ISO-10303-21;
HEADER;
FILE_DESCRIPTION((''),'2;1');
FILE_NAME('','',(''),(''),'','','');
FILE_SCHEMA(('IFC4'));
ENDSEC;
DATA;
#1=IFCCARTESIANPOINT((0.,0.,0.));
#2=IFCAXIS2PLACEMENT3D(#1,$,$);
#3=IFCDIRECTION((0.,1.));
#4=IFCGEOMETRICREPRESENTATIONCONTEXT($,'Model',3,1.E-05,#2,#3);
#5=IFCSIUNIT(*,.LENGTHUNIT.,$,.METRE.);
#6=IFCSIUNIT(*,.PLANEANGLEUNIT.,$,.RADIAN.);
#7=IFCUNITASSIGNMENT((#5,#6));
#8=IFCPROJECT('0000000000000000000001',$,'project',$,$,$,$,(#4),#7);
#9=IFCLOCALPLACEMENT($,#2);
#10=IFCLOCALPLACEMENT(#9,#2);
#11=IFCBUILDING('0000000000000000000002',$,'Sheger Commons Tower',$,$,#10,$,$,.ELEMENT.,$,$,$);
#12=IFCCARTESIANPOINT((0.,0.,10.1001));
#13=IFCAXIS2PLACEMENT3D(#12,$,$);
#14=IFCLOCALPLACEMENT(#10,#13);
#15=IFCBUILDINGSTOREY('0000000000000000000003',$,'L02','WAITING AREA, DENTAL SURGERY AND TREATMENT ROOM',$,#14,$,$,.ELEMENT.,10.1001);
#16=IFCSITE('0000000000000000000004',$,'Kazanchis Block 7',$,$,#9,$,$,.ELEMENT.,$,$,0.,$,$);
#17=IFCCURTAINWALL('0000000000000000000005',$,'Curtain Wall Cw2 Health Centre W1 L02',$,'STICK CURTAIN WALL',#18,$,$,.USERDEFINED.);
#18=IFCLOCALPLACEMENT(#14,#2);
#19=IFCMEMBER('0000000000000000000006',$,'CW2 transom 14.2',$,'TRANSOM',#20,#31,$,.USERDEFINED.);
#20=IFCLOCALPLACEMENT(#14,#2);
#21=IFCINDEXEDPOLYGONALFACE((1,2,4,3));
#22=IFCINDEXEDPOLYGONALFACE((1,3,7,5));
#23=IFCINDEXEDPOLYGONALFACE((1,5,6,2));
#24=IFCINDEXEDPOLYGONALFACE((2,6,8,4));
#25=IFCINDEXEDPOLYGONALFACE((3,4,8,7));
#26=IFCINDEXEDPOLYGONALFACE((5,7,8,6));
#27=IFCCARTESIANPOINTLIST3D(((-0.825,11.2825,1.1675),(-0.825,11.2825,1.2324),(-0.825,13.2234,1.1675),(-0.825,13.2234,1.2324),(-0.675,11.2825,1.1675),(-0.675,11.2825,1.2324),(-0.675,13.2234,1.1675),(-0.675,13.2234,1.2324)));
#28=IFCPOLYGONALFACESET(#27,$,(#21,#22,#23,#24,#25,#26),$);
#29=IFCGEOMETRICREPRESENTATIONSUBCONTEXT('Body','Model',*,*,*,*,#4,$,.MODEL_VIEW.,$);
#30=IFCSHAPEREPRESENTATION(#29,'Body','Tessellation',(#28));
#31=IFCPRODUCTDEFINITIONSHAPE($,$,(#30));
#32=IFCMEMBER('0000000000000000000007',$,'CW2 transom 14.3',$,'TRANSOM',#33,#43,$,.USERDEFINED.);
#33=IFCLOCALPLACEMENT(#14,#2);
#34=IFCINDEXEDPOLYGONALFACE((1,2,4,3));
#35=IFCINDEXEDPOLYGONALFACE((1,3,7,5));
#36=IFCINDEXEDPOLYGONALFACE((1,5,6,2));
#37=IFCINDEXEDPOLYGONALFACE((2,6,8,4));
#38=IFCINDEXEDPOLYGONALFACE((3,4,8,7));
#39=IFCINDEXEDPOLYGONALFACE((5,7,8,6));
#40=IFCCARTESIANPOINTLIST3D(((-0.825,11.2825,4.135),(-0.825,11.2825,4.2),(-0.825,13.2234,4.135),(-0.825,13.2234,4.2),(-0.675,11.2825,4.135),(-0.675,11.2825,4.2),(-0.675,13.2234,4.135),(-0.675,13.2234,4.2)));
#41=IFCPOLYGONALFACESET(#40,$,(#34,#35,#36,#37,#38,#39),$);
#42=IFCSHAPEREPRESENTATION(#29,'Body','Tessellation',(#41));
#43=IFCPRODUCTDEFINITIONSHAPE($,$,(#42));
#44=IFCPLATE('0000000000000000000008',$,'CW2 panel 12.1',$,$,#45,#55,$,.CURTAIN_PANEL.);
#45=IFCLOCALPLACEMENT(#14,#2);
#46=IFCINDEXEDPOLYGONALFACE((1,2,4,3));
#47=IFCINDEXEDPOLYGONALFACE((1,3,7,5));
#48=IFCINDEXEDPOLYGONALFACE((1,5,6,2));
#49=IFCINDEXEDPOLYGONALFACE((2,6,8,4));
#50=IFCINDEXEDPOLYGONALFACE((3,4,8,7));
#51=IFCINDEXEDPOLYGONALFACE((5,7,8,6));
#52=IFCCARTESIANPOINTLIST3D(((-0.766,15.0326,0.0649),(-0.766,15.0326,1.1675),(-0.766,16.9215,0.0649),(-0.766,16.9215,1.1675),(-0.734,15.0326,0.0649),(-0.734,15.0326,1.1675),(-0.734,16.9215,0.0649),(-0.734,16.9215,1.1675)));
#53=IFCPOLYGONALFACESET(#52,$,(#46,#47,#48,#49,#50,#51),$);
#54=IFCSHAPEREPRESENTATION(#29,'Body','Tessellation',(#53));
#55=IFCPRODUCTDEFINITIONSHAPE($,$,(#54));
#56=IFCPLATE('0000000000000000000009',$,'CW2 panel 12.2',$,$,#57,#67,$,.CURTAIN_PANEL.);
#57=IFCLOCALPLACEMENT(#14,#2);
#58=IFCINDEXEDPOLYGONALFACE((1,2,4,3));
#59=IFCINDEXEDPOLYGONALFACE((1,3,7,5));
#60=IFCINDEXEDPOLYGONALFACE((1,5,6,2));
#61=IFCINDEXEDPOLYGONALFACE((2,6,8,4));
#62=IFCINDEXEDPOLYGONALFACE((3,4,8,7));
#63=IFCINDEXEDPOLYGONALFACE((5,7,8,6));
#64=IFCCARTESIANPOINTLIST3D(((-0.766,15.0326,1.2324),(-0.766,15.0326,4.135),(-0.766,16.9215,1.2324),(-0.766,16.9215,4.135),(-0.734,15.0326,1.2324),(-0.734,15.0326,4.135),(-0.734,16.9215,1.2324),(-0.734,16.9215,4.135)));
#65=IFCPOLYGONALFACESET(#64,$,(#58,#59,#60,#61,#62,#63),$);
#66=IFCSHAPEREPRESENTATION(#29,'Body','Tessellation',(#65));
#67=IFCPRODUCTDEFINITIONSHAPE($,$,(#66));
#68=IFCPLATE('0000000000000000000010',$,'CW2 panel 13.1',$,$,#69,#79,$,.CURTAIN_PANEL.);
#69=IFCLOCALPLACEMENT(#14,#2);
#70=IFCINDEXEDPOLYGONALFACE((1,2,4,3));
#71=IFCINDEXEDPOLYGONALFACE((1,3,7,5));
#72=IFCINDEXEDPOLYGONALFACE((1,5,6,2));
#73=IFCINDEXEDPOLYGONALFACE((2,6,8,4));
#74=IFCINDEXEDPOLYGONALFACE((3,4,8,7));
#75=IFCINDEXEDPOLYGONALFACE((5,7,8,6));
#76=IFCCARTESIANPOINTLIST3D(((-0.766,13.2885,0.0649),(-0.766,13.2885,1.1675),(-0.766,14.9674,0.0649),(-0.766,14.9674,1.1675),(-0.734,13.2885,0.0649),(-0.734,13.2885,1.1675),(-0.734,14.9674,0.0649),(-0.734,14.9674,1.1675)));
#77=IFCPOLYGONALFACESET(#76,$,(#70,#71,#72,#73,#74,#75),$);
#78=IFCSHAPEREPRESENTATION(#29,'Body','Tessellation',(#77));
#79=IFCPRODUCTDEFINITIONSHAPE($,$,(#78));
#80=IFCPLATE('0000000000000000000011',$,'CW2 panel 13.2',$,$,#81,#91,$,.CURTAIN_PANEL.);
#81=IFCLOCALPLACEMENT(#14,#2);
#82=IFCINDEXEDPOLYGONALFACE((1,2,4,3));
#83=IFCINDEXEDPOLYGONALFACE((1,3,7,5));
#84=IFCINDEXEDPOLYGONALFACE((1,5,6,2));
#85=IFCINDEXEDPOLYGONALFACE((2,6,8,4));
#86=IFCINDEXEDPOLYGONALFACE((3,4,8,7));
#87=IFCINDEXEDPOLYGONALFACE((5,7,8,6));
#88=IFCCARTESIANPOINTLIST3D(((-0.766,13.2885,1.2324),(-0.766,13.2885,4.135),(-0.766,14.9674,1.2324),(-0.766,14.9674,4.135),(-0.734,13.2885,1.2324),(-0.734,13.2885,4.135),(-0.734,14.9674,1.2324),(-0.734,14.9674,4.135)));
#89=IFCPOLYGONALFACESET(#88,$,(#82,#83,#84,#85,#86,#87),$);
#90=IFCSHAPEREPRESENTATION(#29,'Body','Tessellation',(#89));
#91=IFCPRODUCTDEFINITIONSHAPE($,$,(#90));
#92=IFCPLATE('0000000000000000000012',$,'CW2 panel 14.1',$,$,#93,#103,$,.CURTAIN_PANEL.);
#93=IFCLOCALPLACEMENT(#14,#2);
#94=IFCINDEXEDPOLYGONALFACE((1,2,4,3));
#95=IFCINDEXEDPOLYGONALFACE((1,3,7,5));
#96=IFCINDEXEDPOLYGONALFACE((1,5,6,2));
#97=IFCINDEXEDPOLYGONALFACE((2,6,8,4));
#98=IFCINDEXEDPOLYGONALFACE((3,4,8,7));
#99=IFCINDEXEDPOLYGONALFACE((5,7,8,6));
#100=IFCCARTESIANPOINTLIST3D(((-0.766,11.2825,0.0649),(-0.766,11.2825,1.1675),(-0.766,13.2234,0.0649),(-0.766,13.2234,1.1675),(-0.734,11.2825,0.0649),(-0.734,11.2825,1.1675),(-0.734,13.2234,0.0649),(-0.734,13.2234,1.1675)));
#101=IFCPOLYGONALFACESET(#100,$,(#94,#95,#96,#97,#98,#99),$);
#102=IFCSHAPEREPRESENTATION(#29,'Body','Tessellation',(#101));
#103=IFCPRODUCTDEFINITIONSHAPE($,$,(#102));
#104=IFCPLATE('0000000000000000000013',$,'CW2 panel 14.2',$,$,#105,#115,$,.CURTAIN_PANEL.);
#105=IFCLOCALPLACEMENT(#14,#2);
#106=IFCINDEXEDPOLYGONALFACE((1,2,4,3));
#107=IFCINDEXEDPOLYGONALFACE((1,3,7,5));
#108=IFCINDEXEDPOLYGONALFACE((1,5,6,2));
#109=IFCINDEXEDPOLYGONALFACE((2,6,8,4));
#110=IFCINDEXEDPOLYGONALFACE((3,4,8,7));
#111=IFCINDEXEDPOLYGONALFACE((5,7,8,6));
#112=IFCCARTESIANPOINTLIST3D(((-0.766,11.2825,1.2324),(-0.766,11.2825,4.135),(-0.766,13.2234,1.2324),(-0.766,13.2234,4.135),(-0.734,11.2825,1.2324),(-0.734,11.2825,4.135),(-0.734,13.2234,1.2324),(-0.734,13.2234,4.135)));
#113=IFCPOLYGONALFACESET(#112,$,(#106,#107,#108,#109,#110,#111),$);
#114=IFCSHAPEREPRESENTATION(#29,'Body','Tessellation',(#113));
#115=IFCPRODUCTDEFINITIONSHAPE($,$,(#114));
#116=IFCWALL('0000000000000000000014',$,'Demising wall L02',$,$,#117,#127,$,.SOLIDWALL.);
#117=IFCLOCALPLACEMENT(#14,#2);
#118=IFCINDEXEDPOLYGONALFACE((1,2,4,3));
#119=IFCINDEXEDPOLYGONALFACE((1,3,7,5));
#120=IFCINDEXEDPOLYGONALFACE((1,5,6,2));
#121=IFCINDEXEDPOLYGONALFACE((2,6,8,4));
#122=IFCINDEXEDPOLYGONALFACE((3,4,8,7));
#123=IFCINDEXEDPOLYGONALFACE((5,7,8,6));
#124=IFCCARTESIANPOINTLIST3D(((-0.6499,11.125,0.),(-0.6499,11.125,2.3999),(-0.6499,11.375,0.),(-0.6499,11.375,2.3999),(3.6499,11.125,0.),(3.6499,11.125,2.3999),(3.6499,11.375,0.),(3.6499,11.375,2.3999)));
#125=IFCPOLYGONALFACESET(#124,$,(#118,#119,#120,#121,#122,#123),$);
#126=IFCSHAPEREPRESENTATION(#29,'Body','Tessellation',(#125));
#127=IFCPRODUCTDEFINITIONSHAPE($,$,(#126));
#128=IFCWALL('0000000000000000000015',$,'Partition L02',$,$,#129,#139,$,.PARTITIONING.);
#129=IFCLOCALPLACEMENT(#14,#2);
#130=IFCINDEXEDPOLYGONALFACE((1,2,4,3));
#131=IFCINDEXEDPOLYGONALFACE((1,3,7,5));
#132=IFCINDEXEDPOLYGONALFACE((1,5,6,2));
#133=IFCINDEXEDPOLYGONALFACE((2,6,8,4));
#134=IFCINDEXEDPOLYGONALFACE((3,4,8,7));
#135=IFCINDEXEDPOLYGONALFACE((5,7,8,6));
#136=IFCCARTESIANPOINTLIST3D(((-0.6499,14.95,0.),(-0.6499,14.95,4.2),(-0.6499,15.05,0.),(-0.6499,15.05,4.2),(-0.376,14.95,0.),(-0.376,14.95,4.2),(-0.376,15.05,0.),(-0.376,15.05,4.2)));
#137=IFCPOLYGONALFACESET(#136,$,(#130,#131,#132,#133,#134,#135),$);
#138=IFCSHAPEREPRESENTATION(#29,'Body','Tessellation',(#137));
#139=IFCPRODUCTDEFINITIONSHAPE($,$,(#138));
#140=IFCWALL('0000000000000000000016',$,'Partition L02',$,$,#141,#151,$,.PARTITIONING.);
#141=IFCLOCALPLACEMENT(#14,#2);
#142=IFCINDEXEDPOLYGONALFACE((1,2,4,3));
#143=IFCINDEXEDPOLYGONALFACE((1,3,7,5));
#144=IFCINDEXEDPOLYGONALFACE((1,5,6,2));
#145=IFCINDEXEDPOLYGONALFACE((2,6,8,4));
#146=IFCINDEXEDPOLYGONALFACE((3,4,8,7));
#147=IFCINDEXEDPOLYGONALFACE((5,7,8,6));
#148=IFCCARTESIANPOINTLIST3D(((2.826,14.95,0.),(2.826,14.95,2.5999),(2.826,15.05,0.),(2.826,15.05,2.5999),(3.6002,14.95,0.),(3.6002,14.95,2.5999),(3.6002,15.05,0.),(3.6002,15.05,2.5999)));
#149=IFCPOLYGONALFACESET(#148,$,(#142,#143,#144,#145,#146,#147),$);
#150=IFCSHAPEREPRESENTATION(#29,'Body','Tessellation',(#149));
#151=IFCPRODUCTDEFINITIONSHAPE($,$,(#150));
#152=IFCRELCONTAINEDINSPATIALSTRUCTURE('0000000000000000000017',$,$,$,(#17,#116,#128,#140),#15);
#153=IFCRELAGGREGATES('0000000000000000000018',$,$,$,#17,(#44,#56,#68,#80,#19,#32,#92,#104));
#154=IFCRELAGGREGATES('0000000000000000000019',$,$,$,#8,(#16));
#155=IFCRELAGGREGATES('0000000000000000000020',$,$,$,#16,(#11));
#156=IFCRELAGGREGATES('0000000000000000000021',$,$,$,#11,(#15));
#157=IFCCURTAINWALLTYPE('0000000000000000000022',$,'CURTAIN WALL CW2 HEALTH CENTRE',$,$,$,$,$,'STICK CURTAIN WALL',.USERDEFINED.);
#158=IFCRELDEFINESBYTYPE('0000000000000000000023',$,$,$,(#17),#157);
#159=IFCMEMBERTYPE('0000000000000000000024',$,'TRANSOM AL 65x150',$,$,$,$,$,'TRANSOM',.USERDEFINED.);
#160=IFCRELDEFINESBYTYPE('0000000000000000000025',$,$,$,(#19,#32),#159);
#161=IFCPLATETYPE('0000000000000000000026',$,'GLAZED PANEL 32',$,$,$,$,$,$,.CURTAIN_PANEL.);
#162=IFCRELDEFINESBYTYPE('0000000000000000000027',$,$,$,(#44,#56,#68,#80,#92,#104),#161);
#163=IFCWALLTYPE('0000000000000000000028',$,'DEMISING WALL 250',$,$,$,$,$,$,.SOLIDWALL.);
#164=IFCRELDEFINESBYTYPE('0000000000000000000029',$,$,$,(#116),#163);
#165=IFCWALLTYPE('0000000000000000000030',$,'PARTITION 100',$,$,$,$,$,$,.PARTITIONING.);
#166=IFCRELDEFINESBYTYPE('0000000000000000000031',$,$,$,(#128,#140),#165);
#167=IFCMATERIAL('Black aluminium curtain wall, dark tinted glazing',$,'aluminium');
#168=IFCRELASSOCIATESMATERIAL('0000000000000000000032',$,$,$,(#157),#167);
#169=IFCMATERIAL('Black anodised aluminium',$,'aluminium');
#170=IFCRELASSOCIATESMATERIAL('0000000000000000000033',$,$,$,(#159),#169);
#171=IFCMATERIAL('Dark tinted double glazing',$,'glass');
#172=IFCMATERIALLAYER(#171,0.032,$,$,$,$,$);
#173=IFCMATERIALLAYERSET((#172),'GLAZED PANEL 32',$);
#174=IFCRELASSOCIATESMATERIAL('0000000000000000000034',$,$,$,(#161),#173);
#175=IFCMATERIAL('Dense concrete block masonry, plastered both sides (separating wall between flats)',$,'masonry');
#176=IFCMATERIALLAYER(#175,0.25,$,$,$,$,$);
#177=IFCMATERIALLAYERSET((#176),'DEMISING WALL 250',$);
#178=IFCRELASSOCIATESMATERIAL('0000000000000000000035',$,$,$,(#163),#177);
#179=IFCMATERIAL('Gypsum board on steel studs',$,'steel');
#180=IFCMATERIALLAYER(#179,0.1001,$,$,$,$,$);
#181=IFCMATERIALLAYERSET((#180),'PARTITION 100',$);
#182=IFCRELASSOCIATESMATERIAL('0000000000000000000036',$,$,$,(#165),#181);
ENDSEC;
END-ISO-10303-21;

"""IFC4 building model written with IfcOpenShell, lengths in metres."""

from ifc_helpers import new_model, si_unit, direction, frame, frame_2d, origin, origin_2d, place, context, subcontext, project, spatial, rectangle, extrude, material, layer, layer_set, material_profile, profile_set, type_object, element, aggregate, save


model = new_model("IFC4")

# Units and contexts
model_context = context("Model", 3, precision=1e-05, world=origin(), true_north=direction((0.0, 1.0)))
body_context = subcontext(model_context, "Body", "Model", "MODEL_VIEW")
ifc_project = project(units=[si_unit("LENGTHUNIT", "METRE"), si_unit("PLANEANGLEUNIT", "RADIAN")], contexts=[model_context])

# Site, building, storey
site_placement = place(None, origin())
site = spatial("IfcSite", under=ifc_project, at=site_placement, Name="Kazanchis Block 7", CompositionType="ELEMENT", RefElevation=0.0)
building_placement = place(site_placement, origin())
building = spatial("IfcBuilding", under=site, at=building_placement, Name="Sheger Commons Tower", CompositionType="ELEMENT")
storey_placement = place(building_placement, frame((0.0, 0.0, 10.1001)))
storey = spatial("IfcBuildingStorey", under=building, at=storey_placement, Name="L02", Description="WAITING AREA, DENTAL SURGERY AND TREATMENT ROOM", CompositionType="ELEMENT", Elevation=10.1001)

# Curtain wall
ifc_material_1 = material(Name="Black aluminium curtain wall, dark tinted glazing", Category="aluminium")
curtain_wall_type = type_object("IfcCurtainWallType", Name="CURTAIN WALL CW2 HEALTH CENTRE", ElementType="STICK CURTAIN WALL", PredefinedType="USERDEFINED", material=ifc_material_1)
curtain_wall_placement = place(storey_placement, origin())
curtain_wall = element("IfcCurtainWall", 1, at=curtain_wall_placement, inside=storey, type_object=curtain_wall_type, Name="Curtain Wall Cw2 Health Centre W1 L02", ObjectType="STICK CURTAIN WALL", PredefinedType="USERDEFINED")

# Members
ifc_material_2 = material(Name="Black anodised aluminium", Category="aluminium")
ifc_material_profile_1 = material_profile(ifc_material_2, rectangle(XDim=0.1499, YDim=0.0649, at=origin_2d()), Name="AL 65x150")
ifc_profile_set_1 = profile_set([ifc_material_profile_1], Name="Black anodised aluminium")
member_type_1 = type_object("IfcMemberType", Name="TRANSOM AL 65x150", ElementType="TRANSOM", PredefinedType="USERDEFINED", material=ifc_profile_set_1)
member_1_placement = place(storey_placement, frame((-0.75, 13.2234, 1.2), z_axis=(0.0, -1.0, 0.0), x_axis=(1.0, 0.0, 0.0)))
member_1 = element("IfcMember", 2, at=member_1_placement, type_object=member_type_1, Name="CW2 transom 14.2", ObjectType="TRANSOM", PredefinedType="USERDEFINED", context=body_context, shape_type="SweptSolid", body=[
    extrude(rectangle(XDim=0.1499, YDim=0.0649, at=origin_2d()), origin(), (0.0, 0.0, 1.0), 1.9409),
])
member_2_placement = place(storey_placement, frame((-0.75, 13.2234, 4.1675), z_axis=(0.0, -1.0, 0.0), x_axis=(1.0, 0.0, 0.0)))
member_2 = element("IfcMember", 3, at=member_2_placement, type_object=member_type_1, Name="CW2 transom 14.3", ObjectType="TRANSOM", PredefinedType="USERDEFINED", context=body_context, shape_type="SweptSolid", body=[
    extrude(rectangle(XDim=0.1499, YDim=0.0649, at=origin_2d()), origin(), (0.0, 0.0, 1.0), 1.9409),
])

# Plates
ifc_material_3 = material(Name="Dark tinted double glazing", Category="glass")
ifc_layer_1 = layer(ifc_material_3, 0.032)
ifc_layer_set_1 = layer_set([ifc_layer_1], Name="GLAZED PANEL 32")
plate_type = type_object("IfcPlateType", Name="GLAZED PANEL 32", PredefinedType="CURTAIN_PANEL", material=ifc_layer_set_1)
plate_1_placement = place(storey_placement, frame((-0.75, 15.9771, 0.0649), z_axis=(0.0, 0.0, 1.0), x_axis=(0.0, -1.0, 0.0)))
plate_1 = element("IfcPlate", 4, at=plate_1_placement, type_object=plate_type, Name="CW2 panel 12.1", PredefinedType="CURTAIN_PANEL", context=body_context, shape_type="SweptSolid", body=[
    extrude(rectangle(XDim=1.8889, YDim=0.032, at=origin_2d()), origin(), (0.0, 0.0, 1.0), 1.1025),
])
plate_2_placement = place(storey_placement, frame((-0.75, 15.9771, 1.2324), z_axis=(0.0, 0.0, 1.0), x_axis=(0.0, -1.0, 0.0)))
plate_2 = element("IfcPlate", 5, at=plate_2_placement, type_object=plate_type, Name="CW2 panel 12.2", PredefinedType="CURTAIN_PANEL", context=body_context, shape_type="SweptSolid", body=[
    extrude(rectangle(XDim=1.8889, YDim=0.032, at=origin_2d()), origin(), (0.0, 0.0, 1.0), 2.9026),
])
plate_3_placement = place(storey_placement, frame((-0.75, 14.1279, 0.0649), z_axis=(0.0, 0.0, 1.0), x_axis=(0.0, -1.0, 0.0)))
plate_3 = element("IfcPlate", 6, at=plate_3_placement, type_object=plate_type, Name="CW2 panel 13.1", PredefinedType="CURTAIN_PANEL", context=body_context, shape_type="SweptSolid", body=[
    extrude(rectangle(XDim=1.679, YDim=0.032, at=origin_2d()), origin(), (0.0, 0.0, 1.0), 1.1025),
])
plate_4_placement = place(storey_placement, frame((-0.75, 14.1279, 1.2324), z_axis=(0.0, 0.0, 1.0), x_axis=(0.0, -1.0, 0.0)))
plate_4 = element("IfcPlate", 7, at=plate_4_placement, type_object=plate_type, Name="CW2 panel 13.2", PredefinedType="CURTAIN_PANEL", context=body_context, shape_type="SweptSolid", body=[
    extrude(rectangle(XDim=1.679, YDim=0.032, at=origin_2d()), origin(), (0.0, 0.0, 1.0), 2.9026),
])
plate_5_placement = place(storey_placement, frame((-0.75, 12.2529, 0.0649), z_axis=(0.0, 0.0, 1.0), x_axis=(0.0, -1.0, 0.0)))
plate_5 = element("IfcPlate", 8, at=plate_5_placement, type_object=plate_type, Name="CW2 panel 14.1", PredefinedType="CURTAIN_PANEL", context=body_context, shape_type="SweptSolid", body=[
    extrude(rectangle(XDim=1.9409, YDim=0.032, at=origin_2d()), origin(), (0.0, 0.0, 1.0), 1.1025),
])
plate_6_placement = place(storey_placement, frame((-0.75, 12.2529, 1.2324), z_axis=(0.0, 0.0, 1.0), x_axis=(0.0, -1.0, 0.0)))
plate_6 = element("IfcPlate", 9, at=plate_6_placement, type_object=plate_type, Name="CW2 panel 14.2", PredefinedType="CURTAIN_PANEL", context=body_context, shape_type="SweptSolid", body=[
    extrude(rectangle(XDim=1.9409, YDim=0.032, at=origin_2d()), origin(), (0.0, 0.0, 1.0), 2.9026),
])
aggregate(curtain_wall, [plate_1, plate_2, plate_3, plate_4, member_1, member_2, plate_5, plate_6])

# Walls
ifc_material_4 = material(Name="Dense concrete block masonry, plastered both sides (separating wall between flats)", Category="masonry")
ifc_layer_2 = layer(ifc_material_4, 0.25)
ifc_layer_set_2 = layer_set([ifc_layer_2], Name="DEMISING WALL 250")
wall_type_1 = type_object("IfcWallType", Name="DEMISING WALL 250", PredefinedType="SOLIDWALL", material=ifc_layer_set_2)
wall_1_placement = place(storey_placement, frame((-0.6499, 11.25, 0.0), z_axis=(0.0, 0.0, 1.0), x_axis=(1.0, 0.0, 0.0)))
element("IfcWall", 10, at=wall_1_placement, inside=storey, type_object=wall_type_1, Name="Demising wall L02", PredefinedType="SOLIDWALL", context=body_context, shape_type="SweptSolid", body=[
    extrude(rectangle(XDim=4.2998, YDim=0.25, at=frame_2d((2.1499, 0.0))), origin(), (0.0, 0.0, 1.0), 2.3999),
])
ifc_material_5 = material(Name="Gypsum board on steel studs", Category="steel")
ifc_layer_3 = layer(ifc_material_5, 0.1001)
ifc_layer_set_3 = layer_set([ifc_layer_3], Name="PARTITION 100")
wall_type_2 = type_object("IfcWallType", Name="PARTITION 100", PredefinedType="PARTITIONING", material=ifc_layer_set_3)
wall_2_placement = place(storey_placement, frame((-0.6499, 15.0, 0.0), z_axis=(0.0, 0.0, 1.0), x_axis=(1.0, 0.0, 0.0)))
element("IfcWall", 11, at=wall_2_placement, inside=storey, type_object=wall_type_2, Name="Partition L02", PredefinedType="PARTITIONING", context=body_context, shape_type="SweptSolid", body=[
    extrude(rectangle(XDim=0.2739, YDim=0.1001, at=frame_2d((0.137, 0.0))), origin(), (0.0, 0.0, 1.0), 4.2),
])
wall_3_placement = place(storey_placement, frame((2.8259, 15.0, 0.0), z_axis=(0.0, 0.0, 1.0), x_axis=(1.0, 0.0, 0.0)))
element("IfcWall", 12, at=wall_3_placement, inside=storey, type_object=wall_type_2, Name="Partition L02", PredefinedType="PARTITIONING", context=body_context, shape_type="SweptSolid", body=[
    extrude(rectangle(XDim=0.7742, YDim=0.1001, at=frame_2d((0.3872, 0.0))), origin(), (0.0, 0.0, 1.0), 2.5999),
])

save(model, "model.ifc")
